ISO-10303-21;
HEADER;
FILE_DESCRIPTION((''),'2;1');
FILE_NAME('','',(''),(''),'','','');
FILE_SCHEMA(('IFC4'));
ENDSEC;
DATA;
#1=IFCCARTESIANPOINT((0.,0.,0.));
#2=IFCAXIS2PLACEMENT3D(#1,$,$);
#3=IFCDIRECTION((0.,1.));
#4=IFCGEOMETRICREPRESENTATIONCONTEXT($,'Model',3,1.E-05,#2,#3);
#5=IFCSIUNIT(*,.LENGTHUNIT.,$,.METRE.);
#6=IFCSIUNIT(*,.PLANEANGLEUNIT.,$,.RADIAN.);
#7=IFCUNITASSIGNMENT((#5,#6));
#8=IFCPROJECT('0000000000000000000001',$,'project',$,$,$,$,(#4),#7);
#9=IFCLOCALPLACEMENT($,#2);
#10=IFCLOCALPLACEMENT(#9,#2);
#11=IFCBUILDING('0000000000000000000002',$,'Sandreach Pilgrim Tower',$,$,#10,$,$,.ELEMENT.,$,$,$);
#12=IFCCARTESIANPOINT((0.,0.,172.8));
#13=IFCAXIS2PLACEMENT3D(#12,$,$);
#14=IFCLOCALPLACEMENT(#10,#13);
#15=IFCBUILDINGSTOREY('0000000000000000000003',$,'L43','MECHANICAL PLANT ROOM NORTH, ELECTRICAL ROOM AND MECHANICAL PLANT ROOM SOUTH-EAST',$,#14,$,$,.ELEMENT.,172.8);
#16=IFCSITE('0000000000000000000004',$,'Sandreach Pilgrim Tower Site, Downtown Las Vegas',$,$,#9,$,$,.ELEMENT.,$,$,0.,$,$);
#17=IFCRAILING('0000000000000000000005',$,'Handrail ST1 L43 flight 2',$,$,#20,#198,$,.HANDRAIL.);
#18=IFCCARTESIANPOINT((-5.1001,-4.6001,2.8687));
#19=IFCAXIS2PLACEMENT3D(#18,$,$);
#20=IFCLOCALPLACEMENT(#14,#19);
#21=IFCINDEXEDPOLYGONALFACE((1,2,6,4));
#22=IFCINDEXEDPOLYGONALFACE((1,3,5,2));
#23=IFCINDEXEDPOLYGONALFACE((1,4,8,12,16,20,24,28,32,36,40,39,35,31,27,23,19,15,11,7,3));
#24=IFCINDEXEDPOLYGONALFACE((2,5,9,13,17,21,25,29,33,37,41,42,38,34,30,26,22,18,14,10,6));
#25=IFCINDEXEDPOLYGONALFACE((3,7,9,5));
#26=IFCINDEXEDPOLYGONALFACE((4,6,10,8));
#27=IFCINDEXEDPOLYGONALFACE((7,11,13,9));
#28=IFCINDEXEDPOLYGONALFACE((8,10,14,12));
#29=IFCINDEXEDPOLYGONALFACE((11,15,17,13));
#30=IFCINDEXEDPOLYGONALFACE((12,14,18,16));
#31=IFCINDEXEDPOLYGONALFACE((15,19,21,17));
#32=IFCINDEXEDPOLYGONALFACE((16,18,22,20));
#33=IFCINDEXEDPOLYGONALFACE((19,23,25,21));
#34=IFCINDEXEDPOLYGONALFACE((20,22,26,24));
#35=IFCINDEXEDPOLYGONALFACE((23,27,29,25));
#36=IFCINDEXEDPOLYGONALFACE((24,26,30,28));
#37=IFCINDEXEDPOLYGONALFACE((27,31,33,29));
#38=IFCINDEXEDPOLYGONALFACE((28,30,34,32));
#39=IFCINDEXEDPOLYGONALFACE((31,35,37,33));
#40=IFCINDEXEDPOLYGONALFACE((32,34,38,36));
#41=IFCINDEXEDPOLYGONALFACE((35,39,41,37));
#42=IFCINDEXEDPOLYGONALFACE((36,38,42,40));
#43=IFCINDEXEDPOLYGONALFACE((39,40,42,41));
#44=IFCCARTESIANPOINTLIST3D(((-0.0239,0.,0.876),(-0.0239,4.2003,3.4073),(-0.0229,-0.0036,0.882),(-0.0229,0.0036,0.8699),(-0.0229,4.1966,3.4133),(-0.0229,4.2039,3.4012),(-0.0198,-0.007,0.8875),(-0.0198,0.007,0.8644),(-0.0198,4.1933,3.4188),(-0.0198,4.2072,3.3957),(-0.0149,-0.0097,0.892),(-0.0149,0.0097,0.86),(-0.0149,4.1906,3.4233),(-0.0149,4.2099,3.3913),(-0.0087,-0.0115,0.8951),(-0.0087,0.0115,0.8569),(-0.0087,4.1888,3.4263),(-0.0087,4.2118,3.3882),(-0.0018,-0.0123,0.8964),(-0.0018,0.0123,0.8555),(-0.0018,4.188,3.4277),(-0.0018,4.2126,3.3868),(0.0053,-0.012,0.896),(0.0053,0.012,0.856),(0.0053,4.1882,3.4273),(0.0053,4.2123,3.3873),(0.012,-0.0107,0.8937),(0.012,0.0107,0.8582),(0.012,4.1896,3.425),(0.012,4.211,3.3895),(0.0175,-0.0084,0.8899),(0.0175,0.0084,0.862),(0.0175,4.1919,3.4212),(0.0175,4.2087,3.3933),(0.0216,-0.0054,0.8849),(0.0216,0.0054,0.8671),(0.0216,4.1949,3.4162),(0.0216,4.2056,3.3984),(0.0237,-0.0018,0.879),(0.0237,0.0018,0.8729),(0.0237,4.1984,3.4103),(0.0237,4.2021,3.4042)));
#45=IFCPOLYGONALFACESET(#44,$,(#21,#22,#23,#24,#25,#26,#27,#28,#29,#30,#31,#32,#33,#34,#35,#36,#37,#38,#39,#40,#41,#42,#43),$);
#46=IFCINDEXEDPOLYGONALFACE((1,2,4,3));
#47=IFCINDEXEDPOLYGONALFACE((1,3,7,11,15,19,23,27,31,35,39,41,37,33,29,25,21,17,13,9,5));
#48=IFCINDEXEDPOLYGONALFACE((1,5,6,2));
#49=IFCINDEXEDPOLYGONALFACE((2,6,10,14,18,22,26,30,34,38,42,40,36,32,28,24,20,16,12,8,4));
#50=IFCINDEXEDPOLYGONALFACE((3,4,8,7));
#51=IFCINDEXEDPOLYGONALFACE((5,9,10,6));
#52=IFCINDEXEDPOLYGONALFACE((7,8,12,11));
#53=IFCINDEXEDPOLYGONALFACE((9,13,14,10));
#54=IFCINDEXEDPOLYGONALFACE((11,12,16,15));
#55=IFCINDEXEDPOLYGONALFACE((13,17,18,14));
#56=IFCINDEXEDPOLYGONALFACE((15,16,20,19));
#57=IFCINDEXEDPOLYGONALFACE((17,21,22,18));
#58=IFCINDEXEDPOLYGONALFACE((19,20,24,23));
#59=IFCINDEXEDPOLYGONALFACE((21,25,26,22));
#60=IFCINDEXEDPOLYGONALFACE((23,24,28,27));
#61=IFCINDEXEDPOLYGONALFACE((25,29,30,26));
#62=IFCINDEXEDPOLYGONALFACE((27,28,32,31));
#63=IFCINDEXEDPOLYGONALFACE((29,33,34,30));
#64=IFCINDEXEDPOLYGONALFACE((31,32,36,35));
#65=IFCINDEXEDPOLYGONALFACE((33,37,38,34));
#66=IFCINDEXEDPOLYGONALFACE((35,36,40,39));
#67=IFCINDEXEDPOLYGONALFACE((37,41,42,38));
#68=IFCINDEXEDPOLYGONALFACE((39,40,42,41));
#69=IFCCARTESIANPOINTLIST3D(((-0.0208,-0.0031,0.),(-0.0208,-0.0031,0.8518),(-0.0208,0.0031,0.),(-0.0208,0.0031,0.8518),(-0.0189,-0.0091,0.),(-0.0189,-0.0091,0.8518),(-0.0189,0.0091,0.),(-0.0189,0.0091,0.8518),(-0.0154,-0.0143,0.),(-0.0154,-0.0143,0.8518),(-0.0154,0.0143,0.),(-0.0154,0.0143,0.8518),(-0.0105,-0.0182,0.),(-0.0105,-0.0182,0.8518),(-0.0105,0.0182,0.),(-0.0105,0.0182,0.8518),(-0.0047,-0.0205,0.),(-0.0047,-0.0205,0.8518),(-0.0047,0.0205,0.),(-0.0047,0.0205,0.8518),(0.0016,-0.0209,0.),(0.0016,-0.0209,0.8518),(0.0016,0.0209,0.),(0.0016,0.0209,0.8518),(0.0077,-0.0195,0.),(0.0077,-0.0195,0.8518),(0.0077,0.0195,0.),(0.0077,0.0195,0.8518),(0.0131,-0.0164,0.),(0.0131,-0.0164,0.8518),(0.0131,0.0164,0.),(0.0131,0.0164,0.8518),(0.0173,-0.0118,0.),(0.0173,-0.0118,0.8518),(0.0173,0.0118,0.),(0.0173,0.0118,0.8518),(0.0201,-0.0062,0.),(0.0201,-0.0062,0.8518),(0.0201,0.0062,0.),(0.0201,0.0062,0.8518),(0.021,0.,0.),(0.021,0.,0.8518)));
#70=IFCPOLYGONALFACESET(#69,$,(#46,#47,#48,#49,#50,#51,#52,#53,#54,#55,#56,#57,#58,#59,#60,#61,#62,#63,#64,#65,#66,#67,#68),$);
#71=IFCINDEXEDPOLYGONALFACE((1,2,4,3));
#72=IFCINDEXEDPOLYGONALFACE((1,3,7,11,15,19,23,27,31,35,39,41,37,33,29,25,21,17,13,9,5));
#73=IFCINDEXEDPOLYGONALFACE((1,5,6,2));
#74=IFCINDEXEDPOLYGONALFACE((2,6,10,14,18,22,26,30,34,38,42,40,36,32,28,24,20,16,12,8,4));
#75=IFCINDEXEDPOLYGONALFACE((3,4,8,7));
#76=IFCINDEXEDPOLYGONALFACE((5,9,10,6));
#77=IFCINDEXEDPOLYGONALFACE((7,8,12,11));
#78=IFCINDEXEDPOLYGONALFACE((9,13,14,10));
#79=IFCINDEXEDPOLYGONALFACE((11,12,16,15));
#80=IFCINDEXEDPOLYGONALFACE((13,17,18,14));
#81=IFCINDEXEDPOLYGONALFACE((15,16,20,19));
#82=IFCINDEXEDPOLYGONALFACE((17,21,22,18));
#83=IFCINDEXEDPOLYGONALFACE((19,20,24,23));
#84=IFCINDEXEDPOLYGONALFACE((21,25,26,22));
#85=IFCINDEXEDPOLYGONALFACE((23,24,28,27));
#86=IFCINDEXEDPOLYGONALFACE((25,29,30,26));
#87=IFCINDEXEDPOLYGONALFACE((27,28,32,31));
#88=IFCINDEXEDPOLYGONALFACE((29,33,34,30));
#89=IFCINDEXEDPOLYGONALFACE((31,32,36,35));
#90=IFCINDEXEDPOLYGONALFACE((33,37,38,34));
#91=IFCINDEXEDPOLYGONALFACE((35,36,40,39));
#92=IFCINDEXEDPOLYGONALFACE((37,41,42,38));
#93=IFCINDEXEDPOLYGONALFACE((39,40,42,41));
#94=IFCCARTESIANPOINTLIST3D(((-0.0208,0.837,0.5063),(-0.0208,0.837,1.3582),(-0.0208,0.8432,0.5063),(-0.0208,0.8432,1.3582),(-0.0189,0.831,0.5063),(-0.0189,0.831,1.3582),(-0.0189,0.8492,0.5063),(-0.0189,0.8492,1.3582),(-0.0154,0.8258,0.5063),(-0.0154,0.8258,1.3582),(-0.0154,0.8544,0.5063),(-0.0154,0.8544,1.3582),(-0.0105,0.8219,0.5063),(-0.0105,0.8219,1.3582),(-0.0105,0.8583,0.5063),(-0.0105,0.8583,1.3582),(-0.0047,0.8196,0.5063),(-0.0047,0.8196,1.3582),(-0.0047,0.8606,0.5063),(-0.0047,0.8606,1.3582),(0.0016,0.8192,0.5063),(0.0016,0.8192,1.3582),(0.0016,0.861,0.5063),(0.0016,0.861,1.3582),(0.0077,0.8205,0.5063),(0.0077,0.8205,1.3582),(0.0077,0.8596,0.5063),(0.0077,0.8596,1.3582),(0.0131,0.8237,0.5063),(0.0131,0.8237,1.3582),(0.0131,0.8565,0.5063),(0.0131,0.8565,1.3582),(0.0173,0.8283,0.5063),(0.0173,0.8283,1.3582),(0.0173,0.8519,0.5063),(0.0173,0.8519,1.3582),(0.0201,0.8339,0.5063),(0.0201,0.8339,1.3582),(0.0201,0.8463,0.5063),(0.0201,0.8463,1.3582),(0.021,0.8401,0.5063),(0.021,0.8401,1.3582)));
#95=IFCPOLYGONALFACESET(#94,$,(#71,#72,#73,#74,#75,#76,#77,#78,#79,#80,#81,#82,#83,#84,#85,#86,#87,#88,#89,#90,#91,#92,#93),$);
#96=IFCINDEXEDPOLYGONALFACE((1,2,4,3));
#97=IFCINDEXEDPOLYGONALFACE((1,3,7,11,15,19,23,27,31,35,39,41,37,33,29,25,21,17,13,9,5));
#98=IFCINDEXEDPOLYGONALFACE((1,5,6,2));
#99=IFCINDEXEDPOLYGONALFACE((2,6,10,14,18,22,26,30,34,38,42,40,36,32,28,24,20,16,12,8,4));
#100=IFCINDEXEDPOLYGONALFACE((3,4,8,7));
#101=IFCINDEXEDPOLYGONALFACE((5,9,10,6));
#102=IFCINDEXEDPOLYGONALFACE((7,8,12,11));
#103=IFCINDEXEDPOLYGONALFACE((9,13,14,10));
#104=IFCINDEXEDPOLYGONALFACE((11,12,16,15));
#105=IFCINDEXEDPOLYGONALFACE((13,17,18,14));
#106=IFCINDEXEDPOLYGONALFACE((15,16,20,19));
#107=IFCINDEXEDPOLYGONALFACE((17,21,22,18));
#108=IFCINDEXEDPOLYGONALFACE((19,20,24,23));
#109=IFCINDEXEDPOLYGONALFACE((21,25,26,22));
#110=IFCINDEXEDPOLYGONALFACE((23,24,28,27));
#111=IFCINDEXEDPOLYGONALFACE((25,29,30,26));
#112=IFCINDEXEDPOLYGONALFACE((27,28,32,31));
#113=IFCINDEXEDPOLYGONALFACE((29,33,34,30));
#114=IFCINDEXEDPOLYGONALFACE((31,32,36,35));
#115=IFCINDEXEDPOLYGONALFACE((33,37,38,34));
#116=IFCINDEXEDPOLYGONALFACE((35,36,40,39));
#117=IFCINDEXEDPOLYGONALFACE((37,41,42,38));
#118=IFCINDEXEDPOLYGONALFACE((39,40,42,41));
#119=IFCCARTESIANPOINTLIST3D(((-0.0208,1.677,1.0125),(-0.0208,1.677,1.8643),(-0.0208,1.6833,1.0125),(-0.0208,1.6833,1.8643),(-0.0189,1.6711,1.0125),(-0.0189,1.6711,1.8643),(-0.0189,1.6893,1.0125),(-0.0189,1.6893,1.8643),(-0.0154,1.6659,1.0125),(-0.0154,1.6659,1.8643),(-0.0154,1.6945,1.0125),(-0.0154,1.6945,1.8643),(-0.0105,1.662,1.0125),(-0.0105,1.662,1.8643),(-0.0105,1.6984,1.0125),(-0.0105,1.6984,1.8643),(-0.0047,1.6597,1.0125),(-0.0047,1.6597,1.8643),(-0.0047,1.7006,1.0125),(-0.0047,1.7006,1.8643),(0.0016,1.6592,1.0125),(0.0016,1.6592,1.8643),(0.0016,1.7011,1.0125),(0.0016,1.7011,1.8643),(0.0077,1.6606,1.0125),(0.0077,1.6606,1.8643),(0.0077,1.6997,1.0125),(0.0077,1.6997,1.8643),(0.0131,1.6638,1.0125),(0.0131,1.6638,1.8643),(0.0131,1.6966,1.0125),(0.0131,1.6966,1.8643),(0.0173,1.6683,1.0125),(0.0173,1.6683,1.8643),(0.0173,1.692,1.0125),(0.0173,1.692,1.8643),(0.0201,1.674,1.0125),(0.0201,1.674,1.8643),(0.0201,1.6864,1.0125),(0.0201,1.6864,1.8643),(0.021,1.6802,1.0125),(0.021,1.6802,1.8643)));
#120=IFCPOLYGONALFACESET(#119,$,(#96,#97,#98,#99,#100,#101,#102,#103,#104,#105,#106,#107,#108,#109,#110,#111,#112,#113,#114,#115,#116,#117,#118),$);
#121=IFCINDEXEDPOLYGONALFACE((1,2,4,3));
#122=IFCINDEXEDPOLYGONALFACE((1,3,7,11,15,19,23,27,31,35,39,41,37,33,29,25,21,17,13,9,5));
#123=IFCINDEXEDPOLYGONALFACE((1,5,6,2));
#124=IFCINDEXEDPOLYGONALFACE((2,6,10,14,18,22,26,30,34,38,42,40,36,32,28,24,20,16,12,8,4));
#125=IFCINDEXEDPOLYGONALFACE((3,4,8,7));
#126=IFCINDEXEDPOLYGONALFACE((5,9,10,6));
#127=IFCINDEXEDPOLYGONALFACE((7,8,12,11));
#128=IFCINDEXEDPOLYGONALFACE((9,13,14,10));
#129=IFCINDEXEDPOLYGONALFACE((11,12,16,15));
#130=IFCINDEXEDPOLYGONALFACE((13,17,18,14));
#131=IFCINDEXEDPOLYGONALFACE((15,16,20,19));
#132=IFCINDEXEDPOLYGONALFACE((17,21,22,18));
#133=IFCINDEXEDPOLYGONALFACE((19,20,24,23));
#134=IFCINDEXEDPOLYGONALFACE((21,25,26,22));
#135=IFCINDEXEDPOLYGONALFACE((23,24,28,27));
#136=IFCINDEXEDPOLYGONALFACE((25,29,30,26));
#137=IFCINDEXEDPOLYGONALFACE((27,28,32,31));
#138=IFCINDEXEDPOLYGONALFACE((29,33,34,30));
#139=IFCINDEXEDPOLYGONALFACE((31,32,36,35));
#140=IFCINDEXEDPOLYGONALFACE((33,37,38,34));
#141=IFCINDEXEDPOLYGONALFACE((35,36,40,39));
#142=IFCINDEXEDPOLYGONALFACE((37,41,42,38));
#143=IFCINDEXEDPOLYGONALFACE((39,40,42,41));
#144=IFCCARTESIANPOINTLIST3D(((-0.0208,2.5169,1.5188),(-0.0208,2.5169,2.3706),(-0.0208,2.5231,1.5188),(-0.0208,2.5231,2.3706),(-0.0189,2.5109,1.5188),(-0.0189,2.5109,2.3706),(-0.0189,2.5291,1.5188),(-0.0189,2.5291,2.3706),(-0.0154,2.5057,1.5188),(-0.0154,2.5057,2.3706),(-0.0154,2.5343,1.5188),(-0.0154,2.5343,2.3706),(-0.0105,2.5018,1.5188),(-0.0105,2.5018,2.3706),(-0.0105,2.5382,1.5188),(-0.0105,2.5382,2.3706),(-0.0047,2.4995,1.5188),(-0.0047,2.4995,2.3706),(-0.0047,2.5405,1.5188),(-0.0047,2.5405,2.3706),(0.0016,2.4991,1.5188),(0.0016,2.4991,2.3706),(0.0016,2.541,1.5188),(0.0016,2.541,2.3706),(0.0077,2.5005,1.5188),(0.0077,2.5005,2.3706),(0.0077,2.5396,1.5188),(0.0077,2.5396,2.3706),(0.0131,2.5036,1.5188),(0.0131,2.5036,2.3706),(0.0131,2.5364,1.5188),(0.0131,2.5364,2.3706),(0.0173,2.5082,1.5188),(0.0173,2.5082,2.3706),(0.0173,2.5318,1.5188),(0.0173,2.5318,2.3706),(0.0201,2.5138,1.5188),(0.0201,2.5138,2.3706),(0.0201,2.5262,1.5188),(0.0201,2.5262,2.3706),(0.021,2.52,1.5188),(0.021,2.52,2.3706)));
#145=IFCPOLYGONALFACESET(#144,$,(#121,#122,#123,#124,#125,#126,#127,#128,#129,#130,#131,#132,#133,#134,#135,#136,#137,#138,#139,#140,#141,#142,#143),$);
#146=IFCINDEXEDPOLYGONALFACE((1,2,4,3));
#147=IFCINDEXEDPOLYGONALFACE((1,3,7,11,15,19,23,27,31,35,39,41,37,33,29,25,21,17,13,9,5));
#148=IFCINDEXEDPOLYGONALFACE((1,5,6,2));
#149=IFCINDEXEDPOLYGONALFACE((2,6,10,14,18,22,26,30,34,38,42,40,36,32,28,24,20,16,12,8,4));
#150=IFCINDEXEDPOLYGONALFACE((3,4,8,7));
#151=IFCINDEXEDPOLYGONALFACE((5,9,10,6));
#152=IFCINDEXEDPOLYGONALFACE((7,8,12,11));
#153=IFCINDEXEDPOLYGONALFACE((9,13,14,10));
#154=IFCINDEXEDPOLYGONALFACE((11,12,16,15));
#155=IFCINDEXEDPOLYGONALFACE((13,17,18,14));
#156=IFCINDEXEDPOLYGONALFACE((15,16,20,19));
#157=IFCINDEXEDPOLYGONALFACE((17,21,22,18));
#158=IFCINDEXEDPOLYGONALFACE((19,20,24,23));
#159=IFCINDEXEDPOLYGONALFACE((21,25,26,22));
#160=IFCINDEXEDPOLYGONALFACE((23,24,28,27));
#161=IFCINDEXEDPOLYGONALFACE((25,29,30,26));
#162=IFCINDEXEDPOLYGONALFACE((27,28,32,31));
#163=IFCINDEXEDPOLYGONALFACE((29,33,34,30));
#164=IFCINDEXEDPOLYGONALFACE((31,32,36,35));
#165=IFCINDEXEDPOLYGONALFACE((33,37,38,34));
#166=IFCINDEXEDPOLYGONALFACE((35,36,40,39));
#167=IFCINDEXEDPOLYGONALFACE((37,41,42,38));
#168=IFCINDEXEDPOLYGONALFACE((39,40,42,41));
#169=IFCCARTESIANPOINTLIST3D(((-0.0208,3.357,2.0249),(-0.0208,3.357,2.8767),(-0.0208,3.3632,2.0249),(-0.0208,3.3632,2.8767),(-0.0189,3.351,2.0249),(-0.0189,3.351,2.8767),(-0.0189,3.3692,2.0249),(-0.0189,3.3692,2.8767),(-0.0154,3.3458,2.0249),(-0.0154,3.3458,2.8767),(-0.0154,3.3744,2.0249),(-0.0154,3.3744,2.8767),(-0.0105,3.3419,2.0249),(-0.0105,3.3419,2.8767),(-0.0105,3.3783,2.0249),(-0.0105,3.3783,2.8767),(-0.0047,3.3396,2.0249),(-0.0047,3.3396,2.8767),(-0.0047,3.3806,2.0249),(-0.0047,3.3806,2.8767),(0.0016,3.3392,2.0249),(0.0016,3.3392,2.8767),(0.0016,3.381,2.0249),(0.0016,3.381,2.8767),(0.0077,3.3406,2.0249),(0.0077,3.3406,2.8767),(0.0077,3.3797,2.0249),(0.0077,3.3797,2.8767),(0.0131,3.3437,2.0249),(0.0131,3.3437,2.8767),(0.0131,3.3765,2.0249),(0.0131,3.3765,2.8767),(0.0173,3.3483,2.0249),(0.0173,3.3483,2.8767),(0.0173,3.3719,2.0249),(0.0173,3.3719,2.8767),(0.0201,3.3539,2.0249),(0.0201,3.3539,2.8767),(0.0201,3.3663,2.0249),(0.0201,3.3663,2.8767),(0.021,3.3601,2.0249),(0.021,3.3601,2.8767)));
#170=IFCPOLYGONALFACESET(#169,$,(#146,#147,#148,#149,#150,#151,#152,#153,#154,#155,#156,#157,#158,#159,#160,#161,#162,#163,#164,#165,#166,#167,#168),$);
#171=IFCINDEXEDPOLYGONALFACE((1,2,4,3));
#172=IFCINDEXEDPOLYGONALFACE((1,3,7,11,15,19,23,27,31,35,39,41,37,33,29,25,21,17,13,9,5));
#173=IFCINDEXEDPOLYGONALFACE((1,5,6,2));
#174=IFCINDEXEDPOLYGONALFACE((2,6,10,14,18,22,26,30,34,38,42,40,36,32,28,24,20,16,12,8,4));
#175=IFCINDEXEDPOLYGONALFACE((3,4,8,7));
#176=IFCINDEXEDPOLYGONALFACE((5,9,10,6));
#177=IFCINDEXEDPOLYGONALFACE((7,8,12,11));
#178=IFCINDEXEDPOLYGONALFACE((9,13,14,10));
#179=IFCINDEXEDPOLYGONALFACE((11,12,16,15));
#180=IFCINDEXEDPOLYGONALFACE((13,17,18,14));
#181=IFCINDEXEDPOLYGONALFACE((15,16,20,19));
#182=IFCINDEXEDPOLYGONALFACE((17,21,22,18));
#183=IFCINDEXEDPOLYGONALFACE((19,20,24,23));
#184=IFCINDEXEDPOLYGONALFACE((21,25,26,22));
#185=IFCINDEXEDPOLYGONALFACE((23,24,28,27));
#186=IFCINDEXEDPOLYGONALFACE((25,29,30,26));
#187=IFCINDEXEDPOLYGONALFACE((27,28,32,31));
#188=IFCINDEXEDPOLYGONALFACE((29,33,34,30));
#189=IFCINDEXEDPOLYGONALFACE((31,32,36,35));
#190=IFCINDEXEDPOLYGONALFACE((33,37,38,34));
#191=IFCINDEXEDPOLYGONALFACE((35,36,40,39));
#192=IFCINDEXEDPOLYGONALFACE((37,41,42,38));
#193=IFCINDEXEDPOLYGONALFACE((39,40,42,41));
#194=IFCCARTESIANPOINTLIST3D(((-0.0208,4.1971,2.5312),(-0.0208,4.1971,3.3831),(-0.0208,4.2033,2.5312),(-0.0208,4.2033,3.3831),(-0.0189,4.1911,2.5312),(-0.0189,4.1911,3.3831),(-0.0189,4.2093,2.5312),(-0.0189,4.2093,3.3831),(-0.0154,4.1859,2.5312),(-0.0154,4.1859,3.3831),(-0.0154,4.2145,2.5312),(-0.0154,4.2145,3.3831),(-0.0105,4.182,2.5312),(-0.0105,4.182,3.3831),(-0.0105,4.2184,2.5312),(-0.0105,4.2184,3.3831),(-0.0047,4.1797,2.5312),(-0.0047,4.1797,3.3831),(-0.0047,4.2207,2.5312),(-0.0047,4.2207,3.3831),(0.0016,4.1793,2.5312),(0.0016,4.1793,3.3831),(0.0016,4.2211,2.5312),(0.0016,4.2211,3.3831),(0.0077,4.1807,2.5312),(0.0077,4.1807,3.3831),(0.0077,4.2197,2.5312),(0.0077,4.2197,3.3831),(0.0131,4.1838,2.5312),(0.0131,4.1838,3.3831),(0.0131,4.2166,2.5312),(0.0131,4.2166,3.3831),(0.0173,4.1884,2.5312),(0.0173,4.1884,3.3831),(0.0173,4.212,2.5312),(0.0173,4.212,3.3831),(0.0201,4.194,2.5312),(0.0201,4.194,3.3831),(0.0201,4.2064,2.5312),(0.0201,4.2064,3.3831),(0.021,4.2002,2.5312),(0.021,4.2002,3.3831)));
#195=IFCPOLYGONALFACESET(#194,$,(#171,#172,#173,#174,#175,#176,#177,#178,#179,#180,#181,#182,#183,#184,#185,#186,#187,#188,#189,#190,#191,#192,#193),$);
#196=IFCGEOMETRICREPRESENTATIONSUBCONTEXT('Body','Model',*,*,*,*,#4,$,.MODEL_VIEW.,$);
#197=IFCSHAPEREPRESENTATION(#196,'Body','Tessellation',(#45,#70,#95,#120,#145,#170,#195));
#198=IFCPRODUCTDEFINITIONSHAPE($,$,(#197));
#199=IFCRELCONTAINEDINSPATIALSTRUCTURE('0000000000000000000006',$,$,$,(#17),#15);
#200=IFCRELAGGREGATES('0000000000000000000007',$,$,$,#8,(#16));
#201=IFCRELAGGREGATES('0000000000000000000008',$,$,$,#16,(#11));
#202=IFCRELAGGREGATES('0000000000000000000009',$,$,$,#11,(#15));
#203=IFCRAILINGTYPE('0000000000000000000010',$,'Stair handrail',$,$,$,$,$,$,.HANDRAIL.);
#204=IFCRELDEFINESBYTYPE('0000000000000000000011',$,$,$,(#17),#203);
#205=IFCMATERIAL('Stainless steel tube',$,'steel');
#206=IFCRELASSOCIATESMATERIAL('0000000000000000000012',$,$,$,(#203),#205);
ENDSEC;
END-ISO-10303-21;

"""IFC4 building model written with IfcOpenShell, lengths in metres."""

from ifc_helpers import new_model, si_unit, direction, frame, origin, origin_2d, place, context, subcontext, project, spatial, circle, extrude, material, type_object, element, save


model = new_model("IFC4")

# Units and contexts
model_context = context("Model", 3, precision=1e-05, world=origin(), true_north=direction((0.0, 1.0)))
body_context = subcontext(model_context, "Body", "Model", "MODEL_VIEW")
ifc_project = project(units=[si_unit("LENGTHUNIT", "METRE"), si_unit("PLANEANGLEUNIT", "RADIAN")], contexts=[model_context])

# Site, building, storey
site_placement = place(None, origin())
site = spatial("IfcSite", under=ifc_project, at=site_placement, Name="Sandreach Pilgrim Tower Site, Downtown Las Vegas", CompositionType="ELEMENT", RefElevation=0.0)
building_placement = place(site_placement, origin())
building = spatial("IfcBuilding", under=site, at=building_placement, Name="Sandreach Pilgrim Tower", CompositionType="ELEMENT")
storey_placement = place(building_placement, frame((0.0, 0.0, 172.8)))
storey = spatial("IfcBuildingStorey", under=building, at=storey_placement, Name="L43", Description="MECHANICAL PLANT ROOM NORTH, ELECTRICAL ROOM AND MECHANICAL PLANT ROOM SOUTH-EAST", CompositionType="ELEMENT", Elevation=172.8)

# Railing
ifc_material_1 = material(Name="Stainless steel tube", Category="steel")
railing_type = type_object("IfcRailingType", Name="Stair handrail", PredefinedType="HANDRAIL", material=ifc_material_1)
for number, where, name in (
    (1, (-5.1001, -4.6001, 2.8687), "Handrail ST1 L43 flight 2"),
):
    element("IfcRailing", number, at=place(storey_placement, frame(where)), inside=storey, type_object=railing_type, Name=name, PredefinedType="HANDRAIL", context=body_context, shape_type="SweptSolid", body=[
        extrude(circle(Radius=0.0239, at=origin_2d()), frame((0.0, 0.0, 0.876), z_axis=(0.0, 0.85649, 0.516164), x_axis=(-1.0, 0.0, 0.0)), (0.0, 0.0, 1.0), 4.9041),
        extrude(circle(Radius=0.021, at=origin_2d()), origin(), (0.0, 0.0, 1.0), 0.8518),
        extrude(circle(Radius=0.021, at=origin_2d()), frame((0.0, 0.8401, 0.5063)), (0.0, 0.0, 1.0), 0.8518),
        extrude(circle(Radius=0.021, at=origin_2d()), frame((0.0, 1.6802, 1.0125)), (0.0, 0.0, 1.0), 0.8518),
        extrude(circle(Radius=0.021, at=origin_2d()), frame((0.0, 2.52, 1.5188)), (0.0, 0.0, 1.0), 0.8518),
        extrude(circle(Radius=0.021, at=origin_2d()), frame((0.0, 3.3601, 2.0249)), (0.0, 0.0, 1.0), 0.8518),
        extrude(circle(Radius=0.021, at=origin_2d()), frame((0.0, 4.2002, 2.5312)), (0.0, 0.0, 1.0), 0.8518),
    ])

save(model, "model.ifc")
